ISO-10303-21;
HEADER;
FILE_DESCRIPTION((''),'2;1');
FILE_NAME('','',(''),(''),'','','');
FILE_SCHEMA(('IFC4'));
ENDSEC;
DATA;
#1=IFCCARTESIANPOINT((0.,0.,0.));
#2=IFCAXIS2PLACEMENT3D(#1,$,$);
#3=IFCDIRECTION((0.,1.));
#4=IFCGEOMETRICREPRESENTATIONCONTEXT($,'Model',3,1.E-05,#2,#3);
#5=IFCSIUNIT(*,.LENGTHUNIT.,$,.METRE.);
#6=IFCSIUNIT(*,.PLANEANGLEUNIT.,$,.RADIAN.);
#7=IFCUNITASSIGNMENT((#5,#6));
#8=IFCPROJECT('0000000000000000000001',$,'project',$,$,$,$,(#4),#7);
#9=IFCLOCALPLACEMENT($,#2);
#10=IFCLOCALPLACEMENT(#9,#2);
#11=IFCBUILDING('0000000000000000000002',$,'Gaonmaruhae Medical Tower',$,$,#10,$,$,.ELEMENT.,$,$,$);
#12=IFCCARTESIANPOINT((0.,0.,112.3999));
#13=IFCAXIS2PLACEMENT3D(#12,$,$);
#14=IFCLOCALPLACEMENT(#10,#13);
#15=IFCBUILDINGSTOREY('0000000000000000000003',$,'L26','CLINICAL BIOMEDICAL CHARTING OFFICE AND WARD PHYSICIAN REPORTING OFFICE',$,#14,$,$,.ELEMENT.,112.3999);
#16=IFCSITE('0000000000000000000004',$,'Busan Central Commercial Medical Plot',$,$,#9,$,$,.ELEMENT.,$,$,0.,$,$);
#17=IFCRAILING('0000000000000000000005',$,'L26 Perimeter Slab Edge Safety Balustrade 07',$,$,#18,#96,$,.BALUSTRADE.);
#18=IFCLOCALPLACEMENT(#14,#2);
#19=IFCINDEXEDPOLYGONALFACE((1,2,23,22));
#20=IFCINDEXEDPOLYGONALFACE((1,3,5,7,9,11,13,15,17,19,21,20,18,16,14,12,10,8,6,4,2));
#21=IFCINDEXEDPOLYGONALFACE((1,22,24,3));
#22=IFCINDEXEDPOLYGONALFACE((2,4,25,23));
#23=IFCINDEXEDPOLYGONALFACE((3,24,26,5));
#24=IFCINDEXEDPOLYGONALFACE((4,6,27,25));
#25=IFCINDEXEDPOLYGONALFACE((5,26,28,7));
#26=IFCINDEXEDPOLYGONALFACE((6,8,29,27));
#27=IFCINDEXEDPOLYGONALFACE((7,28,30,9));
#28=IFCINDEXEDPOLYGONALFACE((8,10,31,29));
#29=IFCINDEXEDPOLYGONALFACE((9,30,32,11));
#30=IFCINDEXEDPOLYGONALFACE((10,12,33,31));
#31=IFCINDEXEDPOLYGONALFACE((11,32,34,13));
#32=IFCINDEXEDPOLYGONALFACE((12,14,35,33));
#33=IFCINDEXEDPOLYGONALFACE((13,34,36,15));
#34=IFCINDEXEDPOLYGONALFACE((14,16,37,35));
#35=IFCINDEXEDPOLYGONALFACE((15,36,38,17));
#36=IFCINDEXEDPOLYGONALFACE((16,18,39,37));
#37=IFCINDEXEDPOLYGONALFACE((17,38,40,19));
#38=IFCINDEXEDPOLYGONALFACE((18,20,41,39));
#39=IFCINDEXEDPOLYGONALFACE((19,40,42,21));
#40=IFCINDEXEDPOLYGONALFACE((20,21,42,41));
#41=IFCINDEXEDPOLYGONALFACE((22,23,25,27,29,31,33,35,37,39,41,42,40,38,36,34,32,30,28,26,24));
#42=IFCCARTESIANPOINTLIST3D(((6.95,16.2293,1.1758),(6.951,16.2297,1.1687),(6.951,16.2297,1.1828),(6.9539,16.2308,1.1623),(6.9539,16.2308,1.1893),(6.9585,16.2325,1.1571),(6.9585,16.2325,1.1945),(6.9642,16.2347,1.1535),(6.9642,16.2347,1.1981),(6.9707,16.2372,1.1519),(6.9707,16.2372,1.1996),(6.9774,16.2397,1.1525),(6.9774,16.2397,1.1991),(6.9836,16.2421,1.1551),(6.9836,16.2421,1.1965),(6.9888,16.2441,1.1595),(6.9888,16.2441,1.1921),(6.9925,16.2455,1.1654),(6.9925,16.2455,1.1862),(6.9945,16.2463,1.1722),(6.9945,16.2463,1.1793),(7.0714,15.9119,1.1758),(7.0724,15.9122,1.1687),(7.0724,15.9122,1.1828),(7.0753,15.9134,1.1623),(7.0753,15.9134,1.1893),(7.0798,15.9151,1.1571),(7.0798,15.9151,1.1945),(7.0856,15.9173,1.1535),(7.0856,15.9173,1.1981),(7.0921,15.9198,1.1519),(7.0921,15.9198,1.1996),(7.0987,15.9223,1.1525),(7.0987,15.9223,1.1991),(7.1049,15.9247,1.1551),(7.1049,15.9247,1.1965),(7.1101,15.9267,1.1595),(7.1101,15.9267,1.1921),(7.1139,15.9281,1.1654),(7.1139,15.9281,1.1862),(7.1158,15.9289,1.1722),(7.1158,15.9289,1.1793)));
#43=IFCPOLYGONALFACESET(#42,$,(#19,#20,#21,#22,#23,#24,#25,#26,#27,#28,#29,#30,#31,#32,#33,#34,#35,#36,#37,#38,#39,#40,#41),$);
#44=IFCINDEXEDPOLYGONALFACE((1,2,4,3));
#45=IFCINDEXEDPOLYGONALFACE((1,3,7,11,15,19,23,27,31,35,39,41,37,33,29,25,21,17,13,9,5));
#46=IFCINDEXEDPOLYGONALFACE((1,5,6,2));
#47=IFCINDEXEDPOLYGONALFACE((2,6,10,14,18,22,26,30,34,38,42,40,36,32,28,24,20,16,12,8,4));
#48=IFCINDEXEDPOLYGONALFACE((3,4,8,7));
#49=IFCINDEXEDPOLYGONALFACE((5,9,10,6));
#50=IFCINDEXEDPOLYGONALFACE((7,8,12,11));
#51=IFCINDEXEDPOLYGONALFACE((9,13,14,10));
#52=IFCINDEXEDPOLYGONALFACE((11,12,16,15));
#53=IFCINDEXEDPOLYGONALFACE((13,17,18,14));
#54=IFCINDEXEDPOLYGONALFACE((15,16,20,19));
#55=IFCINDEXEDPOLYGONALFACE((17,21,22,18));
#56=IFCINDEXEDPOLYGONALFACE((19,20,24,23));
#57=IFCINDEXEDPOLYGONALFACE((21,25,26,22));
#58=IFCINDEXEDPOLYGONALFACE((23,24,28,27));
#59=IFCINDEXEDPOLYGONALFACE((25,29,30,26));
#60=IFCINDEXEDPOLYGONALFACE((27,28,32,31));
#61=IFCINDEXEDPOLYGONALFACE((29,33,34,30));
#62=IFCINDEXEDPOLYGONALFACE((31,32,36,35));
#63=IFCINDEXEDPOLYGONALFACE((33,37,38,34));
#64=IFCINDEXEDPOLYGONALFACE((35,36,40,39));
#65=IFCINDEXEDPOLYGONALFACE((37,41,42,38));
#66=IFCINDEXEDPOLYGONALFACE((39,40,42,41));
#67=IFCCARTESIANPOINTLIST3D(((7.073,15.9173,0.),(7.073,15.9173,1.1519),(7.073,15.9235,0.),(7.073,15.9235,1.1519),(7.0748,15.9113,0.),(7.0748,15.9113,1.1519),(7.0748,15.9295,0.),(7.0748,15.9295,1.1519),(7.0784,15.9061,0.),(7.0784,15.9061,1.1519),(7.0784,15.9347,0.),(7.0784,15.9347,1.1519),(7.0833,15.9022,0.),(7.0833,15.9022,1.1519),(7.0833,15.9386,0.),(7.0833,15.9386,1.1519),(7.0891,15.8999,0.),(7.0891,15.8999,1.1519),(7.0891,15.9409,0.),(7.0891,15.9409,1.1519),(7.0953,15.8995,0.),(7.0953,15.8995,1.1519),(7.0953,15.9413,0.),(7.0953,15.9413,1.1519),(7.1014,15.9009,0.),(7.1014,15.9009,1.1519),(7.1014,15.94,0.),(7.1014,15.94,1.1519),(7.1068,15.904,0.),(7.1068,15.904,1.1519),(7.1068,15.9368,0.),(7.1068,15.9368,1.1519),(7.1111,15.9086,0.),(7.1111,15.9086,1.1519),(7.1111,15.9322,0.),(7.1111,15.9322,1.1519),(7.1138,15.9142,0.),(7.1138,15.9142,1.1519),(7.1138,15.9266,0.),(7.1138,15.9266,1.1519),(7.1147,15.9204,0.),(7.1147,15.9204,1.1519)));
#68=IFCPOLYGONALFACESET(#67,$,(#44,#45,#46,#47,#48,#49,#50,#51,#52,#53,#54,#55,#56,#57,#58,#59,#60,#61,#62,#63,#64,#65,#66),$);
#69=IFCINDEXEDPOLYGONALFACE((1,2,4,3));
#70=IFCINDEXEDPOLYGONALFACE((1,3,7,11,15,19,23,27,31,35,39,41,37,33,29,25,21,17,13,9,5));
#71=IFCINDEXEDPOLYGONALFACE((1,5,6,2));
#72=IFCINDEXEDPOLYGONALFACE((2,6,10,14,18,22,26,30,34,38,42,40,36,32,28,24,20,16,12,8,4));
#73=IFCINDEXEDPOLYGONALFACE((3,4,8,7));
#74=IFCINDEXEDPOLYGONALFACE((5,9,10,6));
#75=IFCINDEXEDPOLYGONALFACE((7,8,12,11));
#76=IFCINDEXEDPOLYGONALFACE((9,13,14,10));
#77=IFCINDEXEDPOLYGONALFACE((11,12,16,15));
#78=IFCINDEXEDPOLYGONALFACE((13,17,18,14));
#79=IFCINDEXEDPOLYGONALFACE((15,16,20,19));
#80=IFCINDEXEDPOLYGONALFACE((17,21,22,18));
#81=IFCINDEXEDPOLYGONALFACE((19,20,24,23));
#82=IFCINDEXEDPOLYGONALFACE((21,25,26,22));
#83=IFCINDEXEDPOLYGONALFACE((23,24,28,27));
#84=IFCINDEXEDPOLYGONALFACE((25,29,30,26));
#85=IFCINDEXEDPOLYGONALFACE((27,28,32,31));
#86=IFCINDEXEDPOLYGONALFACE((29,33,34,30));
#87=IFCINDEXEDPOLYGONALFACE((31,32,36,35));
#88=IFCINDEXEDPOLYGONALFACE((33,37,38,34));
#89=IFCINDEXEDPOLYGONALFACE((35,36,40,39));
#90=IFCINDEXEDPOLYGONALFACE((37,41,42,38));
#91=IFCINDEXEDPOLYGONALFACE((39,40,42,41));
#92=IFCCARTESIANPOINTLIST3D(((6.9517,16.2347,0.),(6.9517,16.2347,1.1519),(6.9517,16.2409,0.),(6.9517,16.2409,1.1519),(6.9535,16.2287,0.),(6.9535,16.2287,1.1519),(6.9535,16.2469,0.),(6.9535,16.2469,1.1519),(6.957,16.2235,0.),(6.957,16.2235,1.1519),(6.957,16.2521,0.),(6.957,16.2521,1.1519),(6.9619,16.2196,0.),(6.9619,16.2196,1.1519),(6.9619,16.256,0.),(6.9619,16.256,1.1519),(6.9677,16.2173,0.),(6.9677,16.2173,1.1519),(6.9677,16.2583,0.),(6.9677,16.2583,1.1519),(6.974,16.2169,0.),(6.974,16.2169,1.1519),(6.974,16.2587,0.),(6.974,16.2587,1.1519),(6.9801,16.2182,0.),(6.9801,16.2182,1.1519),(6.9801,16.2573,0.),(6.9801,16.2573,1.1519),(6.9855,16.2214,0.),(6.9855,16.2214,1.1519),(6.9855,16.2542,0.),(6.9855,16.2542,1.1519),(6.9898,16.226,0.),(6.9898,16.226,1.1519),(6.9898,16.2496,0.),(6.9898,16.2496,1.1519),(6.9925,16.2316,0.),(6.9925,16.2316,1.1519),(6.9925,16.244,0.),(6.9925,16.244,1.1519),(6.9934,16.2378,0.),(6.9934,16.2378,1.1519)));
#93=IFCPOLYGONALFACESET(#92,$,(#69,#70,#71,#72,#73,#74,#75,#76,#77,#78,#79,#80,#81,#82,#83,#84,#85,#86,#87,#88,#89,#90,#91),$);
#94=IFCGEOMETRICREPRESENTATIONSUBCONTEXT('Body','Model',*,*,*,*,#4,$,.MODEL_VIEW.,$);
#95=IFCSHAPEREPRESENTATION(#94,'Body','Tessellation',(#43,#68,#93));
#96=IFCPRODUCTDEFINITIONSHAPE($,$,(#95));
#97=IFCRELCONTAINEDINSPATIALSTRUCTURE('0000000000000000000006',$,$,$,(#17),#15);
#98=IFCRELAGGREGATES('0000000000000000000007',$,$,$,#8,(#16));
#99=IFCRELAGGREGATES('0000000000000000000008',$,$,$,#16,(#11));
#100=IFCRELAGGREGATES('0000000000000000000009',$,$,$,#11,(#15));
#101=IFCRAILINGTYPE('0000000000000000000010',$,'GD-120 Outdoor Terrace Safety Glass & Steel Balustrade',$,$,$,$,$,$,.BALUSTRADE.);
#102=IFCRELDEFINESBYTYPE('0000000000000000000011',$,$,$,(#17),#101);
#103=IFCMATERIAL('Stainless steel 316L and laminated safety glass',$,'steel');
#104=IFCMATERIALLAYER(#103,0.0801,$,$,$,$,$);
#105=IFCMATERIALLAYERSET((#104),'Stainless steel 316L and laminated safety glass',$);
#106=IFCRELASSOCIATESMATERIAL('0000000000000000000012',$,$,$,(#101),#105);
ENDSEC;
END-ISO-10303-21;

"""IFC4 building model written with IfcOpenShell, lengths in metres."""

from ifc_helpers import new_model, si_unit, direction, frame, origin, origin_2d, place, context, subcontext, project, spatial, circle, extrude, material, layer, layer_set, type_object, element, save


model = new_model("IFC4")

# Units and contexts
model_context = context("Model", 3, precision=1e-05, world=origin(), true_north=direction((0.0, 1.0)))
body_context = subcontext(model_context, "Body", "Model", "MODEL_VIEW")
ifc_project = project(units=[si_unit("LENGTHUNIT", "METRE"), si_unit("PLANEANGLEUNIT", "RADIAN")], contexts=[model_context])

# Site, building, storey
site_placement = place(None, origin())
site = spatial("IfcSite", under=ifc_project, at=site_placement, Name="Busan Central Commercial Medical Plot", CompositionType="ELEMENT", RefElevation=0.0)
building_placement = place(site_placement, origin())
building = spatial("IfcBuilding", under=site, at=building_placement, Name="Gaonmaruhae Medical Tower", CompositionType="ELEMENT")
storey_placement = place(building_placement, frame((0.0, 0.0, 112.3999)))
storey = spatial("IfcBuildingStorey", under=building, at=storey_placement, Name="L26", Description="CLINICAL BIOMEDICAL CHARTING OFFICE AND WARD PHYSICIAN REPORTING OFFICE", CompositionType="ELEMENT", Elevation=112.3999)

# Railing
ifc_material_1 = material(Name="Stainless steel 316L and laminated safety glass", Category="steel")
ifc_layer_1 = layer(ifc_material_1, 0.0801)
ifc_layer_set_1 = layer_set([ifc_layer_1], Name="Stainless steel 316L and laminated safety glass")
railing_type = type_object("IfcRailingType", Name="GD-120 Outdoor Terrace Safety Glass & Steel Balustrade", PredefinedType="BALUSTRADE", material=ifc_layer_set_1)
railing_placement = place(storey_placement, frame((7.0938, 15.9204, 0.0)))
element("IfcRailing", 1, at=railing_placement, inside=storey, type_object=railing_type, Name="L26 Perimeter Slab Edge Safety Balustrade 07", PredefinedType="BALUSTRADE", context=body_context, shape_type="SweptSolid", body=[
    extrude(circle(Radius=0.0239, at=origin_2d()), frame((0.0, 0.0, 1.1758), z_axis=(-0.357101, 0.934066, 0.0), x_axis=(-0.934066, -0.357101, 0.0)), (0.0, 0.0, 1.0), 0.3398),
    extrude(circle(Radius=0.021, at=origin_2d()), origin(), (0.0, 0.0, 1.0), 1.1519),
    extrude(circle(Radius=0.021, at=origin_2d()), frame((-0.1213, 0.3174, 0.0)), (0.0, 0.0, 1.0), 1.1519),
])

save(model, "model.ifc")
